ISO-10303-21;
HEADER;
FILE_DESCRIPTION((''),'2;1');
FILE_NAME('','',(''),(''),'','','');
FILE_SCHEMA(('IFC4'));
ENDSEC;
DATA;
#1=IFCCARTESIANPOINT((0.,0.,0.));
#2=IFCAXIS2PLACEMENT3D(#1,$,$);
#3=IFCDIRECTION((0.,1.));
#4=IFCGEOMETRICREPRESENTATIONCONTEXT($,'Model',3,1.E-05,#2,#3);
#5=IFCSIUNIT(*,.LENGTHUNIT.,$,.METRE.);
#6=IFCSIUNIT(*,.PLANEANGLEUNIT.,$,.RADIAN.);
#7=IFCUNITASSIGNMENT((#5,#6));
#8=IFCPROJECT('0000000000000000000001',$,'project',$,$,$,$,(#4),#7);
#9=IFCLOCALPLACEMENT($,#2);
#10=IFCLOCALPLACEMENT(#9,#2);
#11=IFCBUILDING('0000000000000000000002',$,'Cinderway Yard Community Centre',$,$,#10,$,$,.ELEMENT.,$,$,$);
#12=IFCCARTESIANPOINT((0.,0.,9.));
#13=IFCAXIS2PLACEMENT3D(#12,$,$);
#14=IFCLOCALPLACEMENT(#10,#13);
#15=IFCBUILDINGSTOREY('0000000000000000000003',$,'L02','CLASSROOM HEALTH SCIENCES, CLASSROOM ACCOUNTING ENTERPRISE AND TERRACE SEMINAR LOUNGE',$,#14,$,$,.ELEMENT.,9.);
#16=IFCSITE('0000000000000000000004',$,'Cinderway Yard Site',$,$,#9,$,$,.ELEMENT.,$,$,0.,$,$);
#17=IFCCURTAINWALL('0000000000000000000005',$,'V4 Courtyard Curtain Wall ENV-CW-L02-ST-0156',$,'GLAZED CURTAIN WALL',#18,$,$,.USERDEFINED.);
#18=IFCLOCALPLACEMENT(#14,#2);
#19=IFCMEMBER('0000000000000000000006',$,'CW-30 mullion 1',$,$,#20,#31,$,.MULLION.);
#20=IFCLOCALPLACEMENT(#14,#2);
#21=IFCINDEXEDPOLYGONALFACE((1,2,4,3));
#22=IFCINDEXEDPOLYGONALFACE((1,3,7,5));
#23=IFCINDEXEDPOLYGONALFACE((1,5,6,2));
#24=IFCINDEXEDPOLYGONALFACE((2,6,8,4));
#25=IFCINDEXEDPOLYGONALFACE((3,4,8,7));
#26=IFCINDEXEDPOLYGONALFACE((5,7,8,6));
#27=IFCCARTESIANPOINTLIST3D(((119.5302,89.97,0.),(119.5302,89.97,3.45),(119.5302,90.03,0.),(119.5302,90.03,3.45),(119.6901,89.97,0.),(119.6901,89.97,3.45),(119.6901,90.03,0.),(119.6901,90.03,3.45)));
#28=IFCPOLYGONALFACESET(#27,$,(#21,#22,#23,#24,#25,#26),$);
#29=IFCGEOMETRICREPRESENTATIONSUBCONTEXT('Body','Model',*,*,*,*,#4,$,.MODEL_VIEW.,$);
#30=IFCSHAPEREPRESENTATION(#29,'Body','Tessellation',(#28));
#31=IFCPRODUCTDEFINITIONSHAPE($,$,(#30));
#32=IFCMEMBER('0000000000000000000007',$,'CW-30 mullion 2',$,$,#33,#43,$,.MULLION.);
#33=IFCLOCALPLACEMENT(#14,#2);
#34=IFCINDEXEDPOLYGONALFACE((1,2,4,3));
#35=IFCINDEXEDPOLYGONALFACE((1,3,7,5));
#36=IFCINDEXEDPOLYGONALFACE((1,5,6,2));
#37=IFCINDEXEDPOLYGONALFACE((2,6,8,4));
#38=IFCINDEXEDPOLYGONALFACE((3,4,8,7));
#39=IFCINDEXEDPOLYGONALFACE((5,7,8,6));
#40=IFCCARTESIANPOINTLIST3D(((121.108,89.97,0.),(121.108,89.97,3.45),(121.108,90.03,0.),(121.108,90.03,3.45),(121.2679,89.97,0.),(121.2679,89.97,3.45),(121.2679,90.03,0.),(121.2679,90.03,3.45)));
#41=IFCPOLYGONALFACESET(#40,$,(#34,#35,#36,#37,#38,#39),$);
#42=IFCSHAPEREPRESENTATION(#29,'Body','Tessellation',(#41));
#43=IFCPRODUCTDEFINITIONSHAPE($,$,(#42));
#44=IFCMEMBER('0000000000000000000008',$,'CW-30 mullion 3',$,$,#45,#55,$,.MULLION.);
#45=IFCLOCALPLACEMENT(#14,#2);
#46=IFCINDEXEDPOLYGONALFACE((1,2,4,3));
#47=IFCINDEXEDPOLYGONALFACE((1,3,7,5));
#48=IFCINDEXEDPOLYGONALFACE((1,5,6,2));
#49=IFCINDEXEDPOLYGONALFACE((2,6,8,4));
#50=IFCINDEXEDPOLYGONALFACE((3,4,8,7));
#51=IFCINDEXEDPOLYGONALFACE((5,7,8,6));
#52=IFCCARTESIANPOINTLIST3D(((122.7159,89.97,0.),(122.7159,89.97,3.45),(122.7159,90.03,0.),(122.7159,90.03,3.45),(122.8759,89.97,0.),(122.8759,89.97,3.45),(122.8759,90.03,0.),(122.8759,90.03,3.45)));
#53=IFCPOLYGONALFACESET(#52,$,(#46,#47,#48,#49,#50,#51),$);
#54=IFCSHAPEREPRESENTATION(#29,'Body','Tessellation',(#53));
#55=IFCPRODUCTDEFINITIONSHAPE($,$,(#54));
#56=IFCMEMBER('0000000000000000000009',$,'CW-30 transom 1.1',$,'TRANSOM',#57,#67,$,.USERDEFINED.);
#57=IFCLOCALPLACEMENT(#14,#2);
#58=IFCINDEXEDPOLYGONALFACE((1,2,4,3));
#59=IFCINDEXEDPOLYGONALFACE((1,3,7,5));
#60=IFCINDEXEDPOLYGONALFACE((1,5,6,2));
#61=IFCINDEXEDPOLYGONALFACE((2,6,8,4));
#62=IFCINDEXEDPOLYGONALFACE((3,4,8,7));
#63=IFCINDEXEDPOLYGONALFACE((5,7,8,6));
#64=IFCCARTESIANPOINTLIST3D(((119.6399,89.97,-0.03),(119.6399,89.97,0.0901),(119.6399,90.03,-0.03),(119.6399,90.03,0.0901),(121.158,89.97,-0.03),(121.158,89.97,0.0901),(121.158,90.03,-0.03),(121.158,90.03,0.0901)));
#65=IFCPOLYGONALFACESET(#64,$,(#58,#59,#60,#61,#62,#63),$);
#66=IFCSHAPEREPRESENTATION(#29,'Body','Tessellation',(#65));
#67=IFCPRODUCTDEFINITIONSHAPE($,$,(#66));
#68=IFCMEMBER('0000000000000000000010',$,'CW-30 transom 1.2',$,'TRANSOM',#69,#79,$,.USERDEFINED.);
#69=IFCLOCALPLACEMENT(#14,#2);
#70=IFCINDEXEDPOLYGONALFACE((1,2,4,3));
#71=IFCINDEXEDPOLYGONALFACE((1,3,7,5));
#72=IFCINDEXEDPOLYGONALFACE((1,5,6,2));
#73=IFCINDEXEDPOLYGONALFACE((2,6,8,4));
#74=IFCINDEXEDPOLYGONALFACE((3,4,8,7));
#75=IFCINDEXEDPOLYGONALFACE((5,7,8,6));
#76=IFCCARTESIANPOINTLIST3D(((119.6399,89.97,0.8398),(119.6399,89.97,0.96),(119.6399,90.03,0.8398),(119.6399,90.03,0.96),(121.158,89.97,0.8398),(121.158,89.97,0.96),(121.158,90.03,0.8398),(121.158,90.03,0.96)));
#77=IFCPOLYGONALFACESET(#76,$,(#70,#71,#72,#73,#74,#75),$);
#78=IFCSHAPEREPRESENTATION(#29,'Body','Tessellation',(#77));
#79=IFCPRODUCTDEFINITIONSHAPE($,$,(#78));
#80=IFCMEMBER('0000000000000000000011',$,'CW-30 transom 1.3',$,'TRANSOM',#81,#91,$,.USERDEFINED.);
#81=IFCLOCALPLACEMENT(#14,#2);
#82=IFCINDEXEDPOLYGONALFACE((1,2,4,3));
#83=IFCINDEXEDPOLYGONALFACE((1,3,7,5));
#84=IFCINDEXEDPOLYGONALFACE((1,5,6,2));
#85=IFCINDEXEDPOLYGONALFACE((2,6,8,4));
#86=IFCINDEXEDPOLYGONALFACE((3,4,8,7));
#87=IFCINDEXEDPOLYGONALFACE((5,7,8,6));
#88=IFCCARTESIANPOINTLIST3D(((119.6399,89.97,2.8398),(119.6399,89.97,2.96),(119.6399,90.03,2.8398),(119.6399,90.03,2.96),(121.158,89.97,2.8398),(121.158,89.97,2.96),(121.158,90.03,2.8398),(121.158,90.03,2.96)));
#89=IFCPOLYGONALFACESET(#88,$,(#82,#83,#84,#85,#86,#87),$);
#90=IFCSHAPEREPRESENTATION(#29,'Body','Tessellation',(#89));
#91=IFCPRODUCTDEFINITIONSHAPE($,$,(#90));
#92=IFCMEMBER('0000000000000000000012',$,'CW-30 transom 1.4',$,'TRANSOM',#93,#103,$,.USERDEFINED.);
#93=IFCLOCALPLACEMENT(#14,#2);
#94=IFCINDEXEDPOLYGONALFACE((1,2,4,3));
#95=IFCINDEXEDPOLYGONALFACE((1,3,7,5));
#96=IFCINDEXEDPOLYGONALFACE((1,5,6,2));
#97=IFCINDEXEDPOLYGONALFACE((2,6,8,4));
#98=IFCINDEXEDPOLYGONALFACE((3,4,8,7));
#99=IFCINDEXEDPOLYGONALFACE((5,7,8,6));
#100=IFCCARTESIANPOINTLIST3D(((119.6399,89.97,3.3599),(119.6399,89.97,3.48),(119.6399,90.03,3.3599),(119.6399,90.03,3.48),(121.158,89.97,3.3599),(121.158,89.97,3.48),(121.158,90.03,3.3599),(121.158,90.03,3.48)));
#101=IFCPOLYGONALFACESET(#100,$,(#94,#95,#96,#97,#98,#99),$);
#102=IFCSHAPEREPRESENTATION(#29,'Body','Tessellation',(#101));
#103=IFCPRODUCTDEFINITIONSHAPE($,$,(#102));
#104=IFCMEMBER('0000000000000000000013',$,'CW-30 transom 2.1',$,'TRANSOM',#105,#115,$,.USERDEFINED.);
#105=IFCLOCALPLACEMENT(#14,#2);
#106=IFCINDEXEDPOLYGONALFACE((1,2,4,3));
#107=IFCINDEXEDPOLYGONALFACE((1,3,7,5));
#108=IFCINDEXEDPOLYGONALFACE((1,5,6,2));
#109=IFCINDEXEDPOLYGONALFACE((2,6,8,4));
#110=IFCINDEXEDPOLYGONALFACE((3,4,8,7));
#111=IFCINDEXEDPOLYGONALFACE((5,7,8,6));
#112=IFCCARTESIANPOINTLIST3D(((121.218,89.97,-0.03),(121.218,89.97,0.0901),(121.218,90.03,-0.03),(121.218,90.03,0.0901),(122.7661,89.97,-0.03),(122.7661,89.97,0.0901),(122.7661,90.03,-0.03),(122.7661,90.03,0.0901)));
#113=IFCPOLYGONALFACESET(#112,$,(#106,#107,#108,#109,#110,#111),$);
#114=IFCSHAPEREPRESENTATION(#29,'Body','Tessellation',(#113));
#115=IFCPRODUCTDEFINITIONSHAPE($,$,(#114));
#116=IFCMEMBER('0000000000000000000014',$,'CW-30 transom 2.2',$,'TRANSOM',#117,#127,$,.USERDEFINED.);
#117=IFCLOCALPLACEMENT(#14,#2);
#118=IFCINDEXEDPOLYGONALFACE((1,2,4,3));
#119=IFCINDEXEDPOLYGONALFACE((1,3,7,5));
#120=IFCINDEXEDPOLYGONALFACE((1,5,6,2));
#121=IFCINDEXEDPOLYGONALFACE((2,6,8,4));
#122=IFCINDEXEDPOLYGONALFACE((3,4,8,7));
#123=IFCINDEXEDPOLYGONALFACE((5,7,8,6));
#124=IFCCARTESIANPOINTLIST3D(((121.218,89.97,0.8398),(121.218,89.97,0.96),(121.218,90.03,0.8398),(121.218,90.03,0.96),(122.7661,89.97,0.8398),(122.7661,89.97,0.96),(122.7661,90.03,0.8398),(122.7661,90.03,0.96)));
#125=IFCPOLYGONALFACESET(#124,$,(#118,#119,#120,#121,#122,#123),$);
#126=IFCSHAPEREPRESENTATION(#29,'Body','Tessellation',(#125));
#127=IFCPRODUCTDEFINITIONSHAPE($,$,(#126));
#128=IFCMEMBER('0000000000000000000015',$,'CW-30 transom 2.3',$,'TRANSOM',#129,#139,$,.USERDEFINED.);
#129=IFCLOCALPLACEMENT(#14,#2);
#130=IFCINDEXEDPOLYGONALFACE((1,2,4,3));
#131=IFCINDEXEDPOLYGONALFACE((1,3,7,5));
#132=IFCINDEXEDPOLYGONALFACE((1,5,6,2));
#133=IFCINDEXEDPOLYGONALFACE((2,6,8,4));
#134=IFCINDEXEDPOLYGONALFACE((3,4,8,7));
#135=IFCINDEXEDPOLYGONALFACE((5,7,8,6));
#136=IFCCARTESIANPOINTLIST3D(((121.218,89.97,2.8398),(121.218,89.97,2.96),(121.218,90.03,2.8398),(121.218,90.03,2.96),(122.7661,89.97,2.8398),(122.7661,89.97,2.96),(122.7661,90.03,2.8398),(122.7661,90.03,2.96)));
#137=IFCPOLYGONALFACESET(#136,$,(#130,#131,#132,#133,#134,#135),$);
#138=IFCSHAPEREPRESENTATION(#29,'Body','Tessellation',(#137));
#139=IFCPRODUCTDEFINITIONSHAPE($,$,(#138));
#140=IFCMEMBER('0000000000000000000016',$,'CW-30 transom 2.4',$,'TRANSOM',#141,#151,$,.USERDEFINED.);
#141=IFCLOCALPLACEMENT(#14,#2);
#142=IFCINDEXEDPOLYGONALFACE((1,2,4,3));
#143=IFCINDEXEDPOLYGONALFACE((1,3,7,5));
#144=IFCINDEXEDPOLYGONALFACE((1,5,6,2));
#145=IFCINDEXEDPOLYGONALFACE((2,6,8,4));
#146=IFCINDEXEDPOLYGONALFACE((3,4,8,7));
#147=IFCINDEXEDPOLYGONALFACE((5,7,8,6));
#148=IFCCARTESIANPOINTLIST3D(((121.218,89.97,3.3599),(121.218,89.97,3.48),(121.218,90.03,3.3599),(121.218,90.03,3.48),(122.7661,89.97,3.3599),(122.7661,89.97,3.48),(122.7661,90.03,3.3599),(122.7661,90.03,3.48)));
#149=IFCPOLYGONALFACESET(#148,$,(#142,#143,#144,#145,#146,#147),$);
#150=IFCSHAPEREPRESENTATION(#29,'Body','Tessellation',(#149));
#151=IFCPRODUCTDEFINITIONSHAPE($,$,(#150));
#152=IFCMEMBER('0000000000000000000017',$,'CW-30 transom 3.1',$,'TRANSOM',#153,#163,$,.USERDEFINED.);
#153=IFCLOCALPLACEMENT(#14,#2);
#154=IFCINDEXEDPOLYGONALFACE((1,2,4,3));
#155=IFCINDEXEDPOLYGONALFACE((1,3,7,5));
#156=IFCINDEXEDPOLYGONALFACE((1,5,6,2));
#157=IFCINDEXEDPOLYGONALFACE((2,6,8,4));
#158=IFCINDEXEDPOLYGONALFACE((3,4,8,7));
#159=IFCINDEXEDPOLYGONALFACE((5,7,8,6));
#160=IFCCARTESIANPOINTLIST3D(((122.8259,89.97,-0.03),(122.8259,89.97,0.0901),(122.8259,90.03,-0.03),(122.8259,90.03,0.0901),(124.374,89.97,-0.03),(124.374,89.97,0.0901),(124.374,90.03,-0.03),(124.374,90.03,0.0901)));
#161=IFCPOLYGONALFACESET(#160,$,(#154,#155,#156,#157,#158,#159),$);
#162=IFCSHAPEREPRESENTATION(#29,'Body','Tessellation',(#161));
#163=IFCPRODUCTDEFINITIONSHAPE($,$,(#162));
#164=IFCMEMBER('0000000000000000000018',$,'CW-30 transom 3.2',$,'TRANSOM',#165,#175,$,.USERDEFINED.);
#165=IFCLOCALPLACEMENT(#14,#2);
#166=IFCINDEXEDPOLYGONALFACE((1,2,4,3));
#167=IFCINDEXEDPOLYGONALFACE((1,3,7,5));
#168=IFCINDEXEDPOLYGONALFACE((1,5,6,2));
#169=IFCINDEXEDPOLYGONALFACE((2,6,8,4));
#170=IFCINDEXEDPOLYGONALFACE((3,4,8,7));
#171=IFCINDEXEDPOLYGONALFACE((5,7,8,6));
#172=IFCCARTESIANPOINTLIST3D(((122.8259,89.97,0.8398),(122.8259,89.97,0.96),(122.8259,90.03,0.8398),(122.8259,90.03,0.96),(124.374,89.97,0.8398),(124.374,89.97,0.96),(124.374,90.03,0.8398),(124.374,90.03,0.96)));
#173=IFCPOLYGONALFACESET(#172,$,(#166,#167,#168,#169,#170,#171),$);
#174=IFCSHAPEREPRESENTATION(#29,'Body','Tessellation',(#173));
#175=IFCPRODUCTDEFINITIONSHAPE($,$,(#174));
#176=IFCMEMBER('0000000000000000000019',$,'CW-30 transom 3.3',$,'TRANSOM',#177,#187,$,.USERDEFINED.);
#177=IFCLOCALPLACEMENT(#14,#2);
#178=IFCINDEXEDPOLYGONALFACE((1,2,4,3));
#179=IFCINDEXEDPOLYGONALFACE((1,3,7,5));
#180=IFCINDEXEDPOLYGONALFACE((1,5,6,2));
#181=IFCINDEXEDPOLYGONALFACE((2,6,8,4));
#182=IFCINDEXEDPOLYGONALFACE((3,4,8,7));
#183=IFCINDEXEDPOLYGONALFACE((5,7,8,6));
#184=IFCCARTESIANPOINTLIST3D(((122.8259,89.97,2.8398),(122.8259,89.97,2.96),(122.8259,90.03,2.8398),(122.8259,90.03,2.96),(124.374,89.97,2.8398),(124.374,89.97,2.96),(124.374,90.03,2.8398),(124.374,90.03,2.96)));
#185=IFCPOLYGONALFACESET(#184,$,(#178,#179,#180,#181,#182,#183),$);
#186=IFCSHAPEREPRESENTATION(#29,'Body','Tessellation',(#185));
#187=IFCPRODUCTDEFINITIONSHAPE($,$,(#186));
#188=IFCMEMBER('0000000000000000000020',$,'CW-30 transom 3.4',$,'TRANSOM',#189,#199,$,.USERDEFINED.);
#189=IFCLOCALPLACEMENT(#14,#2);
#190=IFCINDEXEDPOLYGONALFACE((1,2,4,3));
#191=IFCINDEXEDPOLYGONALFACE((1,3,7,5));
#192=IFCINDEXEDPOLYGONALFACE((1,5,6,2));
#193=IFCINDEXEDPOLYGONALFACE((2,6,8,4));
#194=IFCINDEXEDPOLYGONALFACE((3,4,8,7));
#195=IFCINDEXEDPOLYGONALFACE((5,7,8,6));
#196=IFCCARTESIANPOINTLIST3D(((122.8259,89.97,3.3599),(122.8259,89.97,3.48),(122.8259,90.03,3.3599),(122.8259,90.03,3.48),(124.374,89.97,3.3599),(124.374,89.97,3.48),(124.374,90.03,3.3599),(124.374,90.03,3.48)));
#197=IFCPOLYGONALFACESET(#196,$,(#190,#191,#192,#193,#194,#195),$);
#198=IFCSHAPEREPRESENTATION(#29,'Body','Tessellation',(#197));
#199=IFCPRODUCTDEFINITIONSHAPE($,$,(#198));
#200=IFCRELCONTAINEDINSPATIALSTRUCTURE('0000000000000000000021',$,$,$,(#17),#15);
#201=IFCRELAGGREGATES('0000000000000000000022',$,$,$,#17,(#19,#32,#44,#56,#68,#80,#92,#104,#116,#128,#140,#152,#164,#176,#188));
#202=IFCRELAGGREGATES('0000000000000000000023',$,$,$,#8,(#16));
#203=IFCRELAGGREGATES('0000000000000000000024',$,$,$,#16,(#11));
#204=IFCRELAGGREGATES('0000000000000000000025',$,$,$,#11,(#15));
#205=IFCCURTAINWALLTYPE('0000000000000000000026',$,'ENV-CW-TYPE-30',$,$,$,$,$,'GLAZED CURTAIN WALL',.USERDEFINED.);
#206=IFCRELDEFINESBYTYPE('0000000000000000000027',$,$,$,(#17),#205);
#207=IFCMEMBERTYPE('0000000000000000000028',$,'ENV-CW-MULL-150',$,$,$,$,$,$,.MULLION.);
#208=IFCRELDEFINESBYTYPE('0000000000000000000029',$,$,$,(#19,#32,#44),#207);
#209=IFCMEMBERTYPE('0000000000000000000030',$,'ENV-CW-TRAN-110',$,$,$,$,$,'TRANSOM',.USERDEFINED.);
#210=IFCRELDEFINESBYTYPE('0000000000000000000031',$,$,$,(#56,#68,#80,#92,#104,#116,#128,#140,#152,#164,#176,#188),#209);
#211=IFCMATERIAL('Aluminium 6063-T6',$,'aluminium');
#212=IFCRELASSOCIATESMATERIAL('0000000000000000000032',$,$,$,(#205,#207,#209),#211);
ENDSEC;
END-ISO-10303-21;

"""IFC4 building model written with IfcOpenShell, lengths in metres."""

from ifc_helpers import new_model, si_unit, direction, frame, origin, origin_2d, place, context, subcontext, project, spatial, rectangle, extrude, material, material_profile, profile_set, type_object, element, aggregate, save


model = new_model("IFC4")

# Units and contexts
model_context = context("Model", 3, precision=1e-05, world=origin(), true_north=direction((0.0, 1.0)))
body_context = subcontext(model_context, "Body", "Model", "MODEL_VIEW")
ifc_project = project(units=[si_unit("LENGTHUNIT", "METRE"), si_unit("PLANEANGLEUNIT", "RADIAN")], contexts=[model_context])

# Site, building, storey
site_placement = place(None, origin())
site = spatial("IfcSite", under=ifc_project, at=site_placement, Name="Cinderway Yard Site", CompositionType="ELEMENT", RefElevation=0.0)
building_placement = place(site_placement, origin())
building = spatial("IfcBuilding", under=site, at=building_placement, Name="Cinderway Yard Community Centre", CompositionType="ELEMENT")
storey_placement = place(building_placement, frame((0.0, 0.0, 9.0)))
storey = spatial("IfcBuildingStorey", under=building, at=storey_placement, Name="L02", Description="CLASSROOM HEALTH SCIENCES, CLASSROOM ACCOUNTING ENTERPRISE AND TERRACE SEMINAR LOUNGE", CompositionType="ELEMENT", Elevation=9.0)

# Curtain wall, members
ifc_material_1 = material(Name="Aluminium 6063-T6", Category="aluminium")
curtain_wall_type = type_object("IfcCurtainWallType", Name="ENV-CW-TYPE-30", ElementType="GLAZED CURTAIN WALL", PredefinedType="USERDEFINED", material=ifc_material_1)
curtain_wall_placement = place(storey_placement, origin())
curtain_wall = element("IfcCurtainWall", 1, at=curtain_wall_placement, inside=storey, type_object=curtain_wall_type, Name="V4 Courtyard Curtain Wall ENV-CW-L02-ST-0156", ObjectType="GLAZED CURTAIN WALL", PredefinedType="USERDEFINED")
ifc_material_profile_1 = material_profile(ifc_material_1, rectangle(XDim=0.0601, YDim=0.1599, at=origin_2d()), Name="Aluminium 6063-T6")
ifc_profile_set_1 = profile_set([ifc_material_profile_1], Name="Aluminium 6063-T6")
member_type_1 = type_object("IfcMemberType", Name="ENV-CW-MULL-150", PredefinedType="MULLION", material=ifc_profile_set_1)
member_1_placement = place(storey_placement, frame((119.6101, 90.0, 0.0), z_axis=(0.0, 0.0, 1.0), x_axis=(0.0, 1.0, 0.0)))
member_1 = element("IfcMember", 2, at=member_1_placement, type_object=member_type_1, Name="CW-30 mullion 1", PredefinedType="MULLION", context=body_context, shape_type="SweptSolid", body=[
    extrude(rectangle(XDim=0.0601, YDim=0.1599, at=origin_2d()), origin(), (0.0, 0.0, 1.0), 3.45),
])
member_2_placement = place(storey_placement, frame((121.188, 90.0, 0.0), z_axis=(0.0, 0.0, 1.0), x_axis=(0.0, 1.0, 0.0)))
member_2 = element("IfcMember", 3, at=member_2_placement, type_object=member_type_1, Name="CW-30 mullion 2", PredefinedType="MULLION", context=body_context, shape_type="SweptSolid", body=[
    extrude(rectangle(XDim=0.0601, YDim=0.1599, at=origin_2d()), origin(), (0.0, 0.0, 1.0), 3.45),
])
member_3_placement = place(storey_placement, frame((122.7959, 90.0, 0.0), z_axis=(0.0, 0.0, 1.0), x_axis=(0.0, 1.0, 0.0)))
member_3 = element("IfcMember", 4, at=member_3_placement, type_object=member_type_1, Name="CW-30 mullion 3", PredefinedType="MULLION", context=body_context, shape_type="SweptSolid", body=[
    extrude(rectangle(XDim=0.0601, YDim=0.1599, at=origin_2d()), origin(), (0.0, 0.0, 1.0), 3.45),
])
ifc_material_profile_2 = material_profile(ifc_material_1, rectangle(XDim=0.0601, YDim=0.1201, at=origin_2d()), Name="Aluminium 6063-T6")
ifc_profile_set_2 = profile_set([ifc_material_profile_2], Name="Aluminium 6063-T6")
member_type_2 = type_object("IfcMemberType", Name="ENV-CW-TRAN-110", ElementType="TRANSOM", PredefinedType="USERDEFINED", material=ifc_profile_set_2)
member_4_placement = place(storey_placement, frame((119.6399, 90.0, 0.03), z_axis=(1.0, 0.0, 0.0), x_axis=(0.0, 1.0, 0.0)))
member_4 = element("IfcMember", 5, at=member_4_placement, type_object=member_type_2, Name="CW-30 transom 1.1", ObjectType="TRANSOM", PredefinedType="USERDEFINED", context=body_context, shape_type="SweptSolid", body=[
    extrude(rectangle(XDim=0.0601, YDim=0.1201, at=origin_2d()), origin(), (0.0, 0.0, 1.0), 1.5181),
])
member_5_placement = place(storey_placement, frame((119.6399, 90.0, 0.8999), z_axis=(1.0, 0.0, 0.0), x_axis=(0.0, 1.0, 0.0)))
member_5 = element("IfcMember", 6, at=member_5_placement, type_object=member_type_2, Name="CW-30 transom 1.2", ObjectType="TRANSOM", PredefinedType="USERDEFINED", context=body_context, shape_type="SweptSolid", body=[
    extrude(rectangle(XDim=0.0601, YDim=0.1201, at=origin_2d()), origin(), (0.0, 0.0, 1.0), 1.5181),
])
member_6_placement = place(storey_placement, frame((119.6399, 90.0, 2.8999), z_axis=(1.0, 0.0, 0.0), x_axis=(0.0, 1.0, 0.0)))
member_6 = element("IfcMember", 7, at=member_6_placement, type_object=member_type_2, Name="CW-30 transom 1.3", ObjectType="TRANSOM", PredefinedType="USERDEFINED", context=body_context, shape_type="SweptSolid", body=[
    extrude(rectangle(XDim=0.0601, YDim=0.1201, at=origin_2d()), origin(), (0.0, 0.0, 1.0), 1.5181),
])
member_7_placement = place(storey_placement, frame((119.6399, 90.0, 3.4199), z_axis=(1.0, 0.0, 0.0), x_axis=(0.0, 1.0, 0.0)))
member_7 = element("IfcMember", 8, at=member_7_placement, type_object=member_type_2, Name="CW-30 transom 1.4", ObjectType="TRANSOM", PredefinedType="USERDEFINED", context=body_context, shape_type="SweptSolid", body=[
    extrude(rectangle(XDim=0.0601, YDim=0.1201, at=origin_2d()), origin(), (0.0, 0.0, 1.0), 1.5181),
])
member_8_placement = place(storey_placement, frame((121.218, 90.0, 0.03), z_axis=(1.0, 0.0, 0.0), x_axis=(0.0, 1.0, 0.0)))
member_8 = element("IfcMember", 9, at=member_8_placement, type_object=member_type_2, Name="CW-30 transom 2.1", ObjectType="TRANSOM", PredefinedType="USERDEFINED", context=body_context, shape_type="SweptSolid", body=[
    extrude(rectangle(XDim=0.0601, YDim=0.1201, at=origin_2d()), origin(), (0.0, 0.0, 1.0), 1.5481),
])
member_9_placement = place(storey_placement, frame((121.218, 90.0, 0.8999), z_axis=(1.0, 0.0, 0.0), x_axis=(0.0, 1.0, 0.0)))
member_9 = element("IfcMember", 10, at=member_9_placement, type_object=member_type_2, Name="CW-30 transom 2.2", ObjectType="TRANSOM", PredefinedType="USERDEFINED", context=body_context, shape_type="SweptSolid", body=[
    extrude(rectangle(XDim=0.0601, YDim=0.1201, at=origin_2d()), origin(), (0.0, 0.0, 1.0), 1.5481),
])
member_10_placement = place(storey_placement, frame((121.218, 90.0, 2.8999), z_axis=(1.0, 0.0, 0.0), x_axis=(0.0, 1.0, 0.0)))
member_10 = element("IfcMember", 11, at=member_10_placement, type_object=member_type_2, Name="CW-30 transom 2.3", ObjectType="TRANSOM", PredefinedType="USERDEFINED", context=body_context, shape_type="SweptSolid", body=[
    extrude(rectangle(XDim=0.0601, YDim=0.1201, at=origin_2d()), origin(), (0.0, 0.0, 1.0), 1.5481),
])
member_11_placement = place(storey_placement, frame((121.218, 90.0, 3.4199), z_axis=(1.0, 0.0, 0.0), x_axis=(0.0, 1.0, 0.0)))
member_11 = element("IfcMember", 12, at=member_11_placement, type_object=member_type_2, Name="CW-30 transom 2.4", ObjectType="TRANSOM", PredefinedType="USERDEFINED", context=body_context, shape_type="SweptSolid", body=[
    extrude(rectangle(XDim=0.0601, YDim=0.1201, at=origin_2d()), origin(), (0.0, 0.0, 1.0), 1.5481),
])
member_12_placement = place(storey_placement, frame((122.8259, 90.0, 0.03), z_axis=(1.0, 0.0, 0.0), x_axis=(0.0, 1.0, 0.0)))
member_12 = element("IfcMember", 13, at=member_12_placement, type_object=member_type_2, Name="CW-30 transom 3.1", ObjectType="TRANSOM", PredefinedType="USERDEFINED", context=body_context, shape_type="SweptSolid", body=[
    extrude(rectangle(XDim=0.0601, YDim=0.1201, at=origin_2d()), origin(), (0.0, 0.0, 1.0), 1.5481),
])
member_13_placement = place(storey_placement, frame((122.8259, 90.0, 0.8999), z_axis=(1.0, 0.0, 0.0), x_axis=(0.0, 1.0, 0.0)))
member_13 = element("IfcMember", 14, at=member_13_placement, type_object=member_type_2, Name="CW-30 transom 3.2", ObjectType="TRANSOM", PredefinedType="USERDEFINED", context=body_context, shape_type="SweptSolid", body=[
    extrude(rectangle(XDim=0.0601, YDim=0.1201, at=origin_2d()), origin(), (0.0, 0.0, 1.0), 1.5481),
])
member_14_placement = place(storey_placement, frame((122.8259, 90.0, 2.8999), z_axis=(1.0, 0.0, 0.0), x_axis=(0.0, 1.0, 0.0)))
member_14 = element("IfcMember", 15, at=member_14_placement, type_object=member_type_2, Name="CW-30 transom 3.3", ObjectType="TRANSOM", PredefinedType="USERDEFINED", context=body_context, shape_type="SweptSolid", body=[
    extrude(rectangle(XDim=0.0601, YDim=0.1201, at=origin_2d()), origin(), (0.0, 0.0, 1.0), 1.5481),
])
member_15_placement = place(storey_placement, frame((122.8259, 90.0, 3.4199), z_axis=(1.0, 0.0, 0.0), x_axis=(0.0, 1.0, 0.0)))
member_15 = element("IfcMember", 16, at=member_15_placement, type_object=member_type_2, Name="CW-30 transom 3.4", ObjectType="TRANSOM", PredefinedType="USERDEFINED", context=body_context, shape_type="SweptSolid", body=[
    extrude(rectangle(XDim=0.0601, YDim=0.1201, at=origin_2d()), origin(), (0.0, 0.0, 1.0), 1.5481),
])

aggregate(curtain_wall, [member_1, member_2, member_3, member_4, member_5, member_6, member_7, member_8, member_9, member_10, member_11, member_12, member_13, member_14, member_15])

save(model, "model.ifc")
